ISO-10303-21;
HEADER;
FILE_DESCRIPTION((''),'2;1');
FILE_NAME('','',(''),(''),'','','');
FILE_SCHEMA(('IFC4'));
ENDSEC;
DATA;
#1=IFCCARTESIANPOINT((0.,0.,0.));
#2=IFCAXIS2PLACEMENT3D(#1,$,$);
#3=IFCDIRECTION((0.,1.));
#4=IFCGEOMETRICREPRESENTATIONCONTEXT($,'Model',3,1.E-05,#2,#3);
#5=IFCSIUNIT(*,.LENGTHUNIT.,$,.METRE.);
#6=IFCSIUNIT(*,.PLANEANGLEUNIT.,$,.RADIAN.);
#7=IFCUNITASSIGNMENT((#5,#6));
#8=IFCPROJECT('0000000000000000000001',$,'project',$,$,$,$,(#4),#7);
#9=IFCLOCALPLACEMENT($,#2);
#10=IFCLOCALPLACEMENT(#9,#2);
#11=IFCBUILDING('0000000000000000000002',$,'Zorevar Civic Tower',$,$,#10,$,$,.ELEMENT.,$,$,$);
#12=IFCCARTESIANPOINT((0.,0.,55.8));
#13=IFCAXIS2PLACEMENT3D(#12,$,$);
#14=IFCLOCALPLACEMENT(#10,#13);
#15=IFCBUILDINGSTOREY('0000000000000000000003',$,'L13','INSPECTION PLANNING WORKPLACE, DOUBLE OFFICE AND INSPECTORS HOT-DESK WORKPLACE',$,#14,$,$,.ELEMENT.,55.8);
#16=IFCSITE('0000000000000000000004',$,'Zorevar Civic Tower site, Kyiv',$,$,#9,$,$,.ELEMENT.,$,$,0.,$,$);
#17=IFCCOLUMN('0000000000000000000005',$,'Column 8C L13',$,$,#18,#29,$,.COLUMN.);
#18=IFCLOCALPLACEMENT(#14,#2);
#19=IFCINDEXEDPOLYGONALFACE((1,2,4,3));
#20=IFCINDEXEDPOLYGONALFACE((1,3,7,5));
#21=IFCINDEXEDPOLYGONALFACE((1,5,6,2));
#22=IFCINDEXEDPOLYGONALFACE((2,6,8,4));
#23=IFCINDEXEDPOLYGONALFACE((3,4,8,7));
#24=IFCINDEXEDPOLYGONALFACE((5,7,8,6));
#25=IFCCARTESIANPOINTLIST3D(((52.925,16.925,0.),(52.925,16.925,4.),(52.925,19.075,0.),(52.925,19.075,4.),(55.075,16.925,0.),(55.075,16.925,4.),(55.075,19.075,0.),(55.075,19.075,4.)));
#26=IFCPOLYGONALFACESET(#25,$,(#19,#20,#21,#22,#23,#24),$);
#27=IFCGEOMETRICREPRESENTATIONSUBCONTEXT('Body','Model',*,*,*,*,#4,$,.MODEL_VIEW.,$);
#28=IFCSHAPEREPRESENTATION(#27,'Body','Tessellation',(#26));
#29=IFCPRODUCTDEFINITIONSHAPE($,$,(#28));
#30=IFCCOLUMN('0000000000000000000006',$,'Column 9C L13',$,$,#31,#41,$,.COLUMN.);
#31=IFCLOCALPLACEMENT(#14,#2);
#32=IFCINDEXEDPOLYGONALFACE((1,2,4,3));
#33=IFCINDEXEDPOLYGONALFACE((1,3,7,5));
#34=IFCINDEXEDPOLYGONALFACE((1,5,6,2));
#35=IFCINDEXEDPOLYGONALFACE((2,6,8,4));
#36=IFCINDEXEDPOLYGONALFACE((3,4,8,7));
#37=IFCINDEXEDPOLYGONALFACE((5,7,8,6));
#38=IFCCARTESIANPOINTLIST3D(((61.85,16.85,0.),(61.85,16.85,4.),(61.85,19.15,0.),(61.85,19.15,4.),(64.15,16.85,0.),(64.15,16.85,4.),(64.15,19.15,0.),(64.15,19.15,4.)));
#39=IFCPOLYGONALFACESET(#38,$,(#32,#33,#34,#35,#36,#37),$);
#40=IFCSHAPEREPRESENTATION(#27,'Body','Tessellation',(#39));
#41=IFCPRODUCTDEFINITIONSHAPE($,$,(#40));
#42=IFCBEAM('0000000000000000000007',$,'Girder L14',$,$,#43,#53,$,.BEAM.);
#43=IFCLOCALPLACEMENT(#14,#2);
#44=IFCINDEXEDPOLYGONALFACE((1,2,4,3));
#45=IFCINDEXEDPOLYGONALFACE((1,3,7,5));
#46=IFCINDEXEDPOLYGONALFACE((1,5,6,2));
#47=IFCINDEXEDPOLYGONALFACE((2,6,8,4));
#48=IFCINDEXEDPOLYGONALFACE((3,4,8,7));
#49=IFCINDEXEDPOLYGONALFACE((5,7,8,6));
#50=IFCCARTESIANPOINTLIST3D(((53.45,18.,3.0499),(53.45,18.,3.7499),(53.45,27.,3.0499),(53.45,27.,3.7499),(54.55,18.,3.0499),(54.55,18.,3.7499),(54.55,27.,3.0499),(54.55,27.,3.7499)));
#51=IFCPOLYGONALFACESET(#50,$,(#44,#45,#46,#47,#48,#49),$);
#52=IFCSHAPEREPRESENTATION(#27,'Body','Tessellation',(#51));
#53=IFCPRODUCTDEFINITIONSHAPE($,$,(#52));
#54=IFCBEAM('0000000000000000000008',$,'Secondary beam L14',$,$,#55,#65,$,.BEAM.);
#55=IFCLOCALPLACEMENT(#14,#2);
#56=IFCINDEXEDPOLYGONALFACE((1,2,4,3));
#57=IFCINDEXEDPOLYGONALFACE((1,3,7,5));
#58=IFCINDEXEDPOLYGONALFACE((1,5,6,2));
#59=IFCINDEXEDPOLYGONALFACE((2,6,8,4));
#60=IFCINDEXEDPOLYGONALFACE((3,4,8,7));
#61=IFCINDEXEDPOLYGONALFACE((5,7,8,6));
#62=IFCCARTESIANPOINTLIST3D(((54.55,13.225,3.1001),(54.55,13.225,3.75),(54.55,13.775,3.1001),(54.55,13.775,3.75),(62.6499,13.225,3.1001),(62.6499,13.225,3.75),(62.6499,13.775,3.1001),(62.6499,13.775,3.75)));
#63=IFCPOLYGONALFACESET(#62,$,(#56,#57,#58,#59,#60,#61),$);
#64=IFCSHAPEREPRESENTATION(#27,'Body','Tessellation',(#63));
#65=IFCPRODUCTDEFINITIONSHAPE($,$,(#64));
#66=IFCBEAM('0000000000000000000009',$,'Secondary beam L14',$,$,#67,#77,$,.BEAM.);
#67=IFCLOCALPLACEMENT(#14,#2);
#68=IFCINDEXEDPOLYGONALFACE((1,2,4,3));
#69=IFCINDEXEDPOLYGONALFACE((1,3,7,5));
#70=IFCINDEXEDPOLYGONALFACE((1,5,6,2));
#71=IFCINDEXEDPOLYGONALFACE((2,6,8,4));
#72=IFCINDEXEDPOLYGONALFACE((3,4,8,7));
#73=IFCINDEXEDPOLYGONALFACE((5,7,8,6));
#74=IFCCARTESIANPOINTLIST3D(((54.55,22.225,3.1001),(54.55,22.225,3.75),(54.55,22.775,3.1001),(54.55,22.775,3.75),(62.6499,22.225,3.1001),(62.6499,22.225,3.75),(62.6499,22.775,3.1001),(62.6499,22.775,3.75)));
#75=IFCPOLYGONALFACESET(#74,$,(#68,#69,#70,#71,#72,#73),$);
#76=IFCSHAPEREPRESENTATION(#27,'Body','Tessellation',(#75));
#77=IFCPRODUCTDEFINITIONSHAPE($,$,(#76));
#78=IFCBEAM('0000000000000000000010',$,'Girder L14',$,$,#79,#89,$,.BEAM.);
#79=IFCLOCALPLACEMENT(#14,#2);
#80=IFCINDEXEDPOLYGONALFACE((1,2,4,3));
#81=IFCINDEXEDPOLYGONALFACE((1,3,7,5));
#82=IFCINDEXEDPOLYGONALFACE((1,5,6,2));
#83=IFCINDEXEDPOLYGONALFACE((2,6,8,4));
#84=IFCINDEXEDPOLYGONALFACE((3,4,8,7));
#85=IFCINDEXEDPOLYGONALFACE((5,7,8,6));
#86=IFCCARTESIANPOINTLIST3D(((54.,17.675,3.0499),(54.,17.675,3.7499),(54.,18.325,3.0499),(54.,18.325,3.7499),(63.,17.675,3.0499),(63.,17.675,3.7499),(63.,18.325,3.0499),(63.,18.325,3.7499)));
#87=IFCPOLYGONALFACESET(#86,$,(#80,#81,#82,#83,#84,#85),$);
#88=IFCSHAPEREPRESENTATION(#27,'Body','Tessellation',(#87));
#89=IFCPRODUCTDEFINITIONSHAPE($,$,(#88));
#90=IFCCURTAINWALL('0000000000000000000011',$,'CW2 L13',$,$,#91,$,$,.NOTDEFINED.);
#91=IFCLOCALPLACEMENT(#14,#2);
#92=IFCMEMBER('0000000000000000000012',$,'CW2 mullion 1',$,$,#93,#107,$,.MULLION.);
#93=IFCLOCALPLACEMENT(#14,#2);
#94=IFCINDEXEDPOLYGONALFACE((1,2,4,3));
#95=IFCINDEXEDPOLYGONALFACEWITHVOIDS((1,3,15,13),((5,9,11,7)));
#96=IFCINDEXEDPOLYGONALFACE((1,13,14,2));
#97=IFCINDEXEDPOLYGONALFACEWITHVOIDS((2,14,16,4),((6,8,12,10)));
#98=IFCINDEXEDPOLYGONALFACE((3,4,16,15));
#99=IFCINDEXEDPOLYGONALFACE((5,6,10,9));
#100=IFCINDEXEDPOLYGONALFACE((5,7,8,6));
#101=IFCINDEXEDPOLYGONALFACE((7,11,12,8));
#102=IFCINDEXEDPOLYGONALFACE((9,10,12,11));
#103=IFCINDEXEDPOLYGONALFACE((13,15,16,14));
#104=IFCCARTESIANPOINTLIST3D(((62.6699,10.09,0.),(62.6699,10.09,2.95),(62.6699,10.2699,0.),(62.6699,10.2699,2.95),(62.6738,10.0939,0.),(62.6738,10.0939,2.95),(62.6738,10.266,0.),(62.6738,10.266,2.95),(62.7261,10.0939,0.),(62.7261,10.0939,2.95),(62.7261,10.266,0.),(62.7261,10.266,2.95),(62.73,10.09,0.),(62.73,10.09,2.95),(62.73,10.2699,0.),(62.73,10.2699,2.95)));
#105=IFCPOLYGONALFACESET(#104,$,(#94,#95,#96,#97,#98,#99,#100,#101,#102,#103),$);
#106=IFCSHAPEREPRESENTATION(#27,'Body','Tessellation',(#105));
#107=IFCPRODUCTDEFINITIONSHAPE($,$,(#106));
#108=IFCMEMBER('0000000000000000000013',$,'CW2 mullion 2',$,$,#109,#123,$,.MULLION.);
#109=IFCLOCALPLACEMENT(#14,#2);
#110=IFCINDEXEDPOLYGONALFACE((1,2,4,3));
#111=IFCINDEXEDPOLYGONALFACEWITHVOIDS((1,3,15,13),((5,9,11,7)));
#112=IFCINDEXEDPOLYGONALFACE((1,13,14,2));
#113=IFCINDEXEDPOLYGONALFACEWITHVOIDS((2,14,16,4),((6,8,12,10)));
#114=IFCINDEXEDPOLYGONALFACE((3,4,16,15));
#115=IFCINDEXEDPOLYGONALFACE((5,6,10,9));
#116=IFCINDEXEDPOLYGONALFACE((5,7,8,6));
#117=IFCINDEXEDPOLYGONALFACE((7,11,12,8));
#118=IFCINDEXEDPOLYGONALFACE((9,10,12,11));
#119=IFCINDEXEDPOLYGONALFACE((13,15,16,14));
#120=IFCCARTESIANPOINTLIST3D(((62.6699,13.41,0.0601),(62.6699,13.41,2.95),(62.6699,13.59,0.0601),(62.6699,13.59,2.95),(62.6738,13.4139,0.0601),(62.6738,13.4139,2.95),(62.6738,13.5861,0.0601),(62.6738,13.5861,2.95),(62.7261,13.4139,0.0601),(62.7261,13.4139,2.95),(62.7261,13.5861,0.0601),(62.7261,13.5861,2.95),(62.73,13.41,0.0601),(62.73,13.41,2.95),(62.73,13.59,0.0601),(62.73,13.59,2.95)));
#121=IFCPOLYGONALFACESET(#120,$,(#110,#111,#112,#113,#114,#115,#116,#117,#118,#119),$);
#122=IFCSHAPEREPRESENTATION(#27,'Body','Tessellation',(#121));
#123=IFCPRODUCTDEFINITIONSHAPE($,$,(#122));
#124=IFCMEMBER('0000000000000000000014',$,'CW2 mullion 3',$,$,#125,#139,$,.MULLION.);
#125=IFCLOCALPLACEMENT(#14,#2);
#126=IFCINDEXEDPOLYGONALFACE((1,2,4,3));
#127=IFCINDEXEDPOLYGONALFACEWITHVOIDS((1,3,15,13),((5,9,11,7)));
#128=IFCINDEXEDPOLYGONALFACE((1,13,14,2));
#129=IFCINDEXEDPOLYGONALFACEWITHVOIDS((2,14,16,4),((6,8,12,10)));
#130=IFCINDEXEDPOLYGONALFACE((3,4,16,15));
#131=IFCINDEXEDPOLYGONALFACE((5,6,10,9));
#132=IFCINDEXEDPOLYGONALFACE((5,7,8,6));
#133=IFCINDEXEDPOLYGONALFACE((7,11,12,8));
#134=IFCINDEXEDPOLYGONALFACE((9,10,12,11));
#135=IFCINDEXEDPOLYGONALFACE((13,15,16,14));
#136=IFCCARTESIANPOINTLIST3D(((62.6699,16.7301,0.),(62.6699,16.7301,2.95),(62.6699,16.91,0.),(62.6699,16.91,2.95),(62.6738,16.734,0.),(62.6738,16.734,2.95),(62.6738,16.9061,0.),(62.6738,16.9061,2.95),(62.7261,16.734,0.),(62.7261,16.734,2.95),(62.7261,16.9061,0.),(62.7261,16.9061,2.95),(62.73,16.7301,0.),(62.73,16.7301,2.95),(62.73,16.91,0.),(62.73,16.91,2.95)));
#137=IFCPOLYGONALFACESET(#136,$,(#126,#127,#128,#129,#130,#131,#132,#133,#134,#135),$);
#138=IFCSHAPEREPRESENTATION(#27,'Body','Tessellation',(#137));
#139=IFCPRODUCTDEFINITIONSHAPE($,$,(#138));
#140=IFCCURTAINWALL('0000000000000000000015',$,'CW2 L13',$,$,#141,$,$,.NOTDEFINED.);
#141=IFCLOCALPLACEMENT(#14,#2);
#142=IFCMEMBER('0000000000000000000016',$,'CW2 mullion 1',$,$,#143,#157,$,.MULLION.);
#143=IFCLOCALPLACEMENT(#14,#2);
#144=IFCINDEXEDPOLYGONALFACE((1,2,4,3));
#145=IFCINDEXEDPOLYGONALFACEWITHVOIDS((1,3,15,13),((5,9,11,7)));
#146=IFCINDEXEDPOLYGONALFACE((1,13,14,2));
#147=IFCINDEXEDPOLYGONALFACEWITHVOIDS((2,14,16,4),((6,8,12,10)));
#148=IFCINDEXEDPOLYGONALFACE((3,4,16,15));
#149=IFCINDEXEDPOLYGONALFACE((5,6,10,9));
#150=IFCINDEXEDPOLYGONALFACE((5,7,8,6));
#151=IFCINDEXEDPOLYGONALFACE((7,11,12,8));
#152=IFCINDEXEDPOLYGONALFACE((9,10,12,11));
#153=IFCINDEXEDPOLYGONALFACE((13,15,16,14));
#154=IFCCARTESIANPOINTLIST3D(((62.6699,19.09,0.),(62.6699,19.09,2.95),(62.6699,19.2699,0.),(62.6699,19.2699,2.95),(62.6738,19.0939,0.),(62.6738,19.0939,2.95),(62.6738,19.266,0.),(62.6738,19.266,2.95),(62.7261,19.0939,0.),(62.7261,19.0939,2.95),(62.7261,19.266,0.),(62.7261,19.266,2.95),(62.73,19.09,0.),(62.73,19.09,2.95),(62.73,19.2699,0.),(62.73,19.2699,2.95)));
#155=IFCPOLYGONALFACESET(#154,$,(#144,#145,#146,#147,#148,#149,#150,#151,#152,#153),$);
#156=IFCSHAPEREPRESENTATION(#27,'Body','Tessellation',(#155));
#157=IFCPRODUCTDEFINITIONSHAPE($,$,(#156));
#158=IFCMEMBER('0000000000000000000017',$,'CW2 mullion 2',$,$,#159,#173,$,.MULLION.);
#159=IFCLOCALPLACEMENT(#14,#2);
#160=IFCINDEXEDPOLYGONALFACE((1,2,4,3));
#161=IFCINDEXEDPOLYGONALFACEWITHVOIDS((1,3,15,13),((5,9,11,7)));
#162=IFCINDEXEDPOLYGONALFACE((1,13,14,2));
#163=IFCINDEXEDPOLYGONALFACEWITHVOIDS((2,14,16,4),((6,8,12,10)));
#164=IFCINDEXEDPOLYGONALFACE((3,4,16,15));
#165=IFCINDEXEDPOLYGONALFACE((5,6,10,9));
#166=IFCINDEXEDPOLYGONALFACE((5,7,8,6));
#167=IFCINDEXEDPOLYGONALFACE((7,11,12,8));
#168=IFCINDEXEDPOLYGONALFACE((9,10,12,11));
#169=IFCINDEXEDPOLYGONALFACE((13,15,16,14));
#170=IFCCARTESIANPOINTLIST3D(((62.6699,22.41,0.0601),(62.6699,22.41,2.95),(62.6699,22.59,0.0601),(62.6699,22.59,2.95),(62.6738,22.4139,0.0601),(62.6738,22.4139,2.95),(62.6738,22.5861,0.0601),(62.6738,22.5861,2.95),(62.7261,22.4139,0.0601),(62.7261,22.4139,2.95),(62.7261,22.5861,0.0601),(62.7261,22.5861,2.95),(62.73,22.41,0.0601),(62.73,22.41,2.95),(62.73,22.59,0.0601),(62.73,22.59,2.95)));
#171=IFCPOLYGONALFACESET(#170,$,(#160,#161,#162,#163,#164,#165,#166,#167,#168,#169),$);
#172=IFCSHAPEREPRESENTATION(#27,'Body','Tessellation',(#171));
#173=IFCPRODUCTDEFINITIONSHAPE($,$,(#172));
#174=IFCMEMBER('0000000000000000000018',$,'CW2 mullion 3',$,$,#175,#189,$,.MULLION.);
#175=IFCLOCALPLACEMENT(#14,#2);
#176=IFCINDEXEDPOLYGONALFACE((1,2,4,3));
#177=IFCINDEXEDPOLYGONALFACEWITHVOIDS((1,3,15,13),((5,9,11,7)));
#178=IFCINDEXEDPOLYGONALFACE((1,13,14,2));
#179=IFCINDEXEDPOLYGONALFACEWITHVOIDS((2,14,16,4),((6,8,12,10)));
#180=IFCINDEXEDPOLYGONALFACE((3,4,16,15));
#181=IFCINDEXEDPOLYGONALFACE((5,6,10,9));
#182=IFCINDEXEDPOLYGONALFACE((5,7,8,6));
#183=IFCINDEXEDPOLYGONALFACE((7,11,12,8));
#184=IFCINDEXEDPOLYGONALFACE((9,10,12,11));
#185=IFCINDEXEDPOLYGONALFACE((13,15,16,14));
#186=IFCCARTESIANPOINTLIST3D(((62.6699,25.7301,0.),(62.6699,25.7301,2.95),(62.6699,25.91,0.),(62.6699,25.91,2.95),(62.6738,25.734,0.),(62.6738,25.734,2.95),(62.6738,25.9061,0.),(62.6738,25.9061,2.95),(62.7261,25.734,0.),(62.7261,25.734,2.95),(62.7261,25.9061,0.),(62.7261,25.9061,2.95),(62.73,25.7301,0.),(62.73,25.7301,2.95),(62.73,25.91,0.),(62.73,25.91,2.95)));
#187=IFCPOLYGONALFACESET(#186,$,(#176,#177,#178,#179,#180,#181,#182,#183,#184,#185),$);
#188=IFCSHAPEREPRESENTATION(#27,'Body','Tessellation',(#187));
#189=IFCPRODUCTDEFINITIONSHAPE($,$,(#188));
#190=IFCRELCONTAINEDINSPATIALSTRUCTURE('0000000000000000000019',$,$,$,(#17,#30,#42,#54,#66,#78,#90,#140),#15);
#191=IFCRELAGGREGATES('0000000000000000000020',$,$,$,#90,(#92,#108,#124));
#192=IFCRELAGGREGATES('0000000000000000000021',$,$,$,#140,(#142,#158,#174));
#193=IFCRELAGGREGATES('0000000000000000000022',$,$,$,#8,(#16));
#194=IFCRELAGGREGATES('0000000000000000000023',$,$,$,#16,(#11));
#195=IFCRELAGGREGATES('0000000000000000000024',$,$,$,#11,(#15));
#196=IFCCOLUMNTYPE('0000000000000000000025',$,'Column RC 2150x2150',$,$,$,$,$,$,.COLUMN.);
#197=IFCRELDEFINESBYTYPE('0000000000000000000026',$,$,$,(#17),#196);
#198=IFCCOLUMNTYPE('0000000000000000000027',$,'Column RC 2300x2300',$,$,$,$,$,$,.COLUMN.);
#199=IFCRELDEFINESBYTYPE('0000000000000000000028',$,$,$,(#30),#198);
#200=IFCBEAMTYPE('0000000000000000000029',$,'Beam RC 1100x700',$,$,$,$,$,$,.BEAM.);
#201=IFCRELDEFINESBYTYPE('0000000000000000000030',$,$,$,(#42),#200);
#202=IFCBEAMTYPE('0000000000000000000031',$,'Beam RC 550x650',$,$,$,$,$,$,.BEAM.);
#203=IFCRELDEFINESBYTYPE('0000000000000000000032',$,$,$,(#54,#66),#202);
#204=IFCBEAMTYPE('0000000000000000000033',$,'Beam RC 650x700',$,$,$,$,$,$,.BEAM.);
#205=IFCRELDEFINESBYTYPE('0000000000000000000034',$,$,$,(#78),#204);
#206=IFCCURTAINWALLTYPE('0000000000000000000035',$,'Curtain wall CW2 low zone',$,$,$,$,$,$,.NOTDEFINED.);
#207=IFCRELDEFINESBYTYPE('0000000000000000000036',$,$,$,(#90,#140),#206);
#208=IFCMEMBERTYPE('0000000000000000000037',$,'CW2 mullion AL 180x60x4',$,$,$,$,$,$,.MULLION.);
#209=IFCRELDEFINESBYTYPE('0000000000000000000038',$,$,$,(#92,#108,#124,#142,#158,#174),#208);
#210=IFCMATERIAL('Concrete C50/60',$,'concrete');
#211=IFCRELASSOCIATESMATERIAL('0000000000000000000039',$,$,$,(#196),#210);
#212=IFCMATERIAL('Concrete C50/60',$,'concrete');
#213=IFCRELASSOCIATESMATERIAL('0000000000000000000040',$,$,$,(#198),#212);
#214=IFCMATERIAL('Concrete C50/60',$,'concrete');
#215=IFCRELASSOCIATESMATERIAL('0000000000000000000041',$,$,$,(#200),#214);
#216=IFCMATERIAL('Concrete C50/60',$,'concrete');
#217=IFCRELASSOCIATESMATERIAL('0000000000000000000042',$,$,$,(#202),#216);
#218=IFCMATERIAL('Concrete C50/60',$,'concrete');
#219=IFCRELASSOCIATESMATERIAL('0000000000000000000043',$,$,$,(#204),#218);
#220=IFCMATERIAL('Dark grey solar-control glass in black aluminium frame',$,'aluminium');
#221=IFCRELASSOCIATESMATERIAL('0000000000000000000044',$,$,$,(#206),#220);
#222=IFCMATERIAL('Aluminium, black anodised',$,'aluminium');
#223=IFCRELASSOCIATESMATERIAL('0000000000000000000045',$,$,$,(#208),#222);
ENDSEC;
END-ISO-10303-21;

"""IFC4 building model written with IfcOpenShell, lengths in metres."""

from ifc_helpers import new_model, si_unit, direction, frame, origin, origin_2d, place, context, subcontext, project, spatial, rectangle, hollow_rectangle, extrude, material, material_profile, profile_set, type_object, element, aggregate, save


model = new_model("IFC4")

# Units and contexts
model_context = context("Model", 3, precision=1e-05, world=origin(), true_north=direction((0.0, 1.0)))
body_context = subcontext(model_context, "Body", "Model", "MODEL_VIEW")
ifc_project = project(units=[si_unit("LENGTHUNIT", "METRE"), si_unit("PLANEANGLEUNIT", "RADIAN")], contexts=[model_context])

# Site, building, storey
site_placement = place(None, origin())
site = spatial("IfcSite", under=ifc_project, at=site_placement, Name="Zorevar Civic Tower site, Kyiv", CompositionType="ELEMENT", RefElevation=0.0)
building_placement = place(site_placement, origin())
building = spatial("IfcBuilding", under=site, at=building_placement, Name="Zorevar Civic Tower", CompositionType="ELEMENT")
storey_placement = place(building_placement, frame((0.0, 0.0, 55.8)))
storey = spatial("IfcBuildingStorey", under=building, at=storey_placement, Name="L13", Description="INSPECTION PLANNING WORKPLACE, DOUBLE OFFICE AND INSPECTORS HOT-DESK WORKPLACE", CompositionType="ELEMENT", Elevation=55.8)

# Columns
ifc_material_1 = material(Name="Concrete C50/60", Category="concrete")
ifc_material_profile_1 = material_profile(ifc_material_1, rectangle(XDim=2.1499, YDim=2.1499, at=origin_2d()), Name="RC 2150x2150")
ifc_profile_set_1 = profile_set([ifc_material_profile_1], Name="Concrete C50/60")
column_type_1 = type_object("IfcColumnType", Name="Column RC 2150x2150", PredefinedType="COLUMN", material=ifc_profile_set_1)
column_1_placement = place(storey_placement, frame((54.0, 18.0, 0.0), z_axis=(0.0, 0.0, 1.0), x_axis=(1.0, 0.0, 0.0)))
element("IfcColumn", 1, at=column_1_placement, inside=storey, type_object=column_type_1, Name="Column 8C L13", PredefinedType="COLUMN", context=body_context, shape_type="SweptSolid", body=[
    extrude(rectangle(XDim=2.1499, YDim=2.1499, at=origin_2d()), origin(), (0.0, 0.0, 1.0), 4.0),
])
ifc_material_2 = material(Name="Concrete C50/60", Category="concrete")
ifc_material_profile_2 = material_profile(ifc_material_2, rectangle(XDim=2.3, YDim=2.3, at=origin_2d()), Name="RC 2300x2300")
ifc_profile_set_2 = profile_set([ifc_material_profile_2], Name="Concrete C50/60")
column_type_2 = type_object("IfcColumnType", Name="Column RC 2300x2300", PredefinedType="COLUMN", material=ifc_profile_set_2)
column_2_placement = place(storey_placement, frame((63.0, 18.0, 0.0), z_axis=(0.0, 0.0, 1.0), x_axis=(1.0, 0.0, 0.0)))
element("IfcColumn", 2, at=column_2_placement, inside=storey, type_object=column_type_2, Name="Column 9C L13", PredefinedType="COLUMN", context=body_context, shape_type="SweptSolid", body=[
    extrude(rectangle(XDim=2.3, YDim=2.3, at=origin_2d()), origin(), (0.0, 0.0, 1.0), 4.0),
])

# Beams
ifc_material_3 = material(Name="Concrete C50/60", Category="concrete")
ifc_material_profile_3 = material_profile(ifc_material_3, rectangle(XDim=1.1001, YDim=0.7, at=origin_2d()), Name="RC 1100x700")
ifc_profile_set_3 = profile_set([ifc_material_profile_3], Name="Concrete C50/60")
beam_type_1 = type_object("IfcBeamType", Name="Beam RC 1100x700", PredefinedType="BEAM", material=ifc_profile_set_3)
beam_1_placement = place(storey_placement, frame((54.0, 18.0, 3.3999), z_axis=(0.0, 1.0, 0.0), x_axis=(-1.0, 0.0, 0.0)))
element("IfcBeam", 3, at=beam_1_placement, inside=storey, type_object=beam_type_1, Name="Girder L14", PredefinedType="BEAM", context=body_context, shape_type="SweptSolid", body=[
    extrude(rectangle(XDim=1.1001, YDim=0.7, at=origin_2d()), origin(), (0.0, 0.0, 1.0), 9.0),
])
ifc_material_4 = material(Name="Concrete C50/60", Category="concrete")
ifc_material_profile_4 = material_profile(ifc_material_4, rectangle(XDim=0.55, YDim=0.6499, at=origin_2d()), Name="RC 550x650")
ifc_profile_set_4 = profile_set([ifc_material_profile_4], Name="Concrete C50/60")
beam_type_2 = type_object("IfcBeamType", Name="Beam RC 550x650", PredefinedType="BEAM", material=ifc_profile_set_4)
for number, where, z_axis, x_axis, name in (
    (4, (54.55, 13.5, 3.425), (1.0, 0.0, 0.0), (0.0, 1.0, 0.0), "Secondary beam L14"),
    (5, (54.55, 22.5, 3.425), (1.0, 0.0, 0.0), (0.0, 1.0, 0.0), "Secondary beam L14"),
):
    element("IfcBeam", number, at=place(storey_placement, frame(where, z_axis=z_axis, x_axis=x_axis)), inside=storey, type_object=beam_type_2, Name=name, PredefinedType="BEAM", context=body_context, shape_type="SweptSolid", body=[
        extrude(rectangle(XDim=0.55, YDim=0.6499, at=origin_2d()), origin(), (0.0, 0.0, 1.0), 8.0999),
    ])
ifc_material_5 = material(Name="Concrete C50/60", Category="concrete")
ifc_material_profile_5 = material_profile(ifc_material_5, rectangle(XDim=0.6499, YDim=0.7, at=origin_2d()), Name="RC 650x700")
ifc_profile_set_5 = profile_set([ifc_material_profile_5], Name="Concrete C50/60")
beam_type_3 = type_object("IfcBeamType", Name="Beam RC 650x700", PredefinedType="BEAM", material=ifc_profile_set_5)
beam_2_placement = place(storey_placement, frame((54.0, 18.0, 3.3999), z_axis=(1.0, 0.0, 0.0), x_axis=(0.0, 1.0, 0.0)))
element("IfcBeam", 6, at=beam_2_placement, inside=storey, type_object=beam_type_3, Name="Girder L14", PredefinedType="BEAM", context=body_context, shape_type="SweptSolid", body=[
    extrude(rectangle(XDim=0.6499, YDim=0.7, at=origin_2d()), origin(), (0.0, 0.0, 1.0), 9.0),
])

# Curtain walls, members
ifc_material_6 = material(Name="Dark grey solar-control glass in black aluminium frame", Category="aluminium")
curtain_wall_type = type_object("IfcCurtainWallType", Name="Curtain wall CW2 low zone", PredefinedType="NOTDEFINED", material=ifc_material_6)
curtain_wall_1_placement = place(storey_placement, origin())
curtain_wall_1 = element("IfcCurtainWall", 7, at=curtain_wall_1_placement, inside=storey, type_object=curtain_wall_type, Name="CW2 L13", PredefinedType="NOTDEFINED")
ifc_material_7 = material(Name="Aluminium, black anodised", Category="aluminium")
ifc_material_profile_6 = material_profile(ifc_material_7, hollow_rectangle(XDim=0.0601, YDim=0.1799, WallThickness=0.0039, at=origin_2d()), Name="AL 180x60x4")
ifc_profile_set_6 = profile_set([ifc_material_profile_6], Name="Aluminium, black anodised")
member_type_1 = type_object("IfcMemberType", Name="CW2 mullion AL 180x60x4", PredefinedType="MULLION", material=ifc_profile_set_6)
member_1_placement = place(storey_placement, frame((62.7, 10.1799, 0.0), z_axis=(0.0, 0.0, 1.0), x_axis=(-1.0, 0.0, 0.0)))
member_1 = element("IfcMember", 8, at=member_1_placement, type_object=member_type_1, Name="CW2 mullion 1", PredefinedType="MULLION", context=body_context, shape_type="SweptSolid", body=[
    extrude(hollow_rectangle(XDim=0.0601, YDim=0.1799, WallThickness=0.0039, at=origin_2d()), origin(), (0.0, 0.0, 1.0), 2.95),
])
member_2_placement = place(storey_placement, frame((62.7, 13.5, 0.0601), z_axis=(0.0, 0.0, 1.0), x_axis=(-1.0, 0.0, 0.0)))
member_2 = element("IfcMember", 9, at=member_2_placement, type_object=member_type_1, Name="CW2 mullion 2", PredefinedType="MULLION", context=body_context, shape_type="SweptSolid", body=[
    extrude(hollow_rectangle(XDim=0.0601, YDim=0.1799, WallThickness=0.0039, at=origin_2d()), origin(), (0.0, 0.0, 1.0), 2.8899),
])
member_3_placement = place(storey_placement, frame((62.7, 16.8201, 0.0), z_axis=(0.0, 0.0, 1.0), x_axis=(-1.0, 0.0, 0.0)))
member_3 = element("IfcMember", 10, at=member_3_placement, type_object=member_type_1, Name="CW2 mullion 3", PredefinedType="MULLION", context=body_context, shape_type="SweptSolid", body=[
    extrude(hollow_rectangle(XDim=0.0601, YDim=0.1799, WallThickness=0.0039, at=origin_2d()), origin(), (0.0, 0.0, 1.0), 2.95),
])
curtain_wall_2_placement = place(storey_placement, origin())
curtain_wall_2 = element("IfcCurtainWall", 11, at=curtain_wall_2_placement, inside=storey, type_object=curtain_wall_type, Name="CW2 L13", PredefinedType="NOTDEFINED")
member_4_placement = place(storey_placement, frame((62.7, 19.1799, 0.0), z_axis=(0.0, 0.0, 1.0), x_axis=(-1.0, 0.0, 0.0)))
member_4 = element("IfcMember", 12, at=member_4_placement, type_object=member_type_1, Name="CW2 mullion 1", PredefinedType="MULLION", context=body_context, shape_type="SweptSolid", body=[
    extrude(hollow_rectangle(XDim=0.0601, YDim=0.1799, WallThickness=0.0039, at=origin_2d()), origin(), (0.0, 0.0, 1.0), 2.95),
])
member_5_placement = place(storey_placement, frame((62.7, 22.5, 0.0601), z_axis=(0.0, 0.0, 1.0), x_axis=(-1.0, 0.0, 0.0)))
member_5 = element("IfcMember", 13, at=member_5_placement, type_object=member_type_1, Name="CW2 mullion 2", PredefinedType="MULLION", context=body_context, shape_type="SweptSolid", body=[
    extrude(hollow_rectangle(XDim=0.0601, YDim=0.1799, WallThickness=0.0039, at=origin_2d()), origin(), (0.0, 0.0, 1.0), 2.8899),
])
member_6_placement = place(storey_placement, frame((62.7, 25.8201, 0.0), z_axis=(0.0, 0.0, 1.0), x_axis=(-1.0, 0.0, 0.0)))
member_6 = element("IfcMember", 14, at=member_6_placement, type_object=member_type_1, Name="CW2 mullion 3", PredefinedType="MULLION", context=body_context, shape_type="SweptSolid", body=[
    extrude(hollow_rectangle(XDim=0.0601, YDim=0.1799, WallThickness=0.0039, at=origin_2d()), origin(), (0.0, 0.0, 1.0), 2.95),
])

aggregate(curtain_wall_1, [member_1, member_2, member_3])
aggregate(curtain_wall_2, [member_4, member_5, member_6])

save(model, "model.ifc")
